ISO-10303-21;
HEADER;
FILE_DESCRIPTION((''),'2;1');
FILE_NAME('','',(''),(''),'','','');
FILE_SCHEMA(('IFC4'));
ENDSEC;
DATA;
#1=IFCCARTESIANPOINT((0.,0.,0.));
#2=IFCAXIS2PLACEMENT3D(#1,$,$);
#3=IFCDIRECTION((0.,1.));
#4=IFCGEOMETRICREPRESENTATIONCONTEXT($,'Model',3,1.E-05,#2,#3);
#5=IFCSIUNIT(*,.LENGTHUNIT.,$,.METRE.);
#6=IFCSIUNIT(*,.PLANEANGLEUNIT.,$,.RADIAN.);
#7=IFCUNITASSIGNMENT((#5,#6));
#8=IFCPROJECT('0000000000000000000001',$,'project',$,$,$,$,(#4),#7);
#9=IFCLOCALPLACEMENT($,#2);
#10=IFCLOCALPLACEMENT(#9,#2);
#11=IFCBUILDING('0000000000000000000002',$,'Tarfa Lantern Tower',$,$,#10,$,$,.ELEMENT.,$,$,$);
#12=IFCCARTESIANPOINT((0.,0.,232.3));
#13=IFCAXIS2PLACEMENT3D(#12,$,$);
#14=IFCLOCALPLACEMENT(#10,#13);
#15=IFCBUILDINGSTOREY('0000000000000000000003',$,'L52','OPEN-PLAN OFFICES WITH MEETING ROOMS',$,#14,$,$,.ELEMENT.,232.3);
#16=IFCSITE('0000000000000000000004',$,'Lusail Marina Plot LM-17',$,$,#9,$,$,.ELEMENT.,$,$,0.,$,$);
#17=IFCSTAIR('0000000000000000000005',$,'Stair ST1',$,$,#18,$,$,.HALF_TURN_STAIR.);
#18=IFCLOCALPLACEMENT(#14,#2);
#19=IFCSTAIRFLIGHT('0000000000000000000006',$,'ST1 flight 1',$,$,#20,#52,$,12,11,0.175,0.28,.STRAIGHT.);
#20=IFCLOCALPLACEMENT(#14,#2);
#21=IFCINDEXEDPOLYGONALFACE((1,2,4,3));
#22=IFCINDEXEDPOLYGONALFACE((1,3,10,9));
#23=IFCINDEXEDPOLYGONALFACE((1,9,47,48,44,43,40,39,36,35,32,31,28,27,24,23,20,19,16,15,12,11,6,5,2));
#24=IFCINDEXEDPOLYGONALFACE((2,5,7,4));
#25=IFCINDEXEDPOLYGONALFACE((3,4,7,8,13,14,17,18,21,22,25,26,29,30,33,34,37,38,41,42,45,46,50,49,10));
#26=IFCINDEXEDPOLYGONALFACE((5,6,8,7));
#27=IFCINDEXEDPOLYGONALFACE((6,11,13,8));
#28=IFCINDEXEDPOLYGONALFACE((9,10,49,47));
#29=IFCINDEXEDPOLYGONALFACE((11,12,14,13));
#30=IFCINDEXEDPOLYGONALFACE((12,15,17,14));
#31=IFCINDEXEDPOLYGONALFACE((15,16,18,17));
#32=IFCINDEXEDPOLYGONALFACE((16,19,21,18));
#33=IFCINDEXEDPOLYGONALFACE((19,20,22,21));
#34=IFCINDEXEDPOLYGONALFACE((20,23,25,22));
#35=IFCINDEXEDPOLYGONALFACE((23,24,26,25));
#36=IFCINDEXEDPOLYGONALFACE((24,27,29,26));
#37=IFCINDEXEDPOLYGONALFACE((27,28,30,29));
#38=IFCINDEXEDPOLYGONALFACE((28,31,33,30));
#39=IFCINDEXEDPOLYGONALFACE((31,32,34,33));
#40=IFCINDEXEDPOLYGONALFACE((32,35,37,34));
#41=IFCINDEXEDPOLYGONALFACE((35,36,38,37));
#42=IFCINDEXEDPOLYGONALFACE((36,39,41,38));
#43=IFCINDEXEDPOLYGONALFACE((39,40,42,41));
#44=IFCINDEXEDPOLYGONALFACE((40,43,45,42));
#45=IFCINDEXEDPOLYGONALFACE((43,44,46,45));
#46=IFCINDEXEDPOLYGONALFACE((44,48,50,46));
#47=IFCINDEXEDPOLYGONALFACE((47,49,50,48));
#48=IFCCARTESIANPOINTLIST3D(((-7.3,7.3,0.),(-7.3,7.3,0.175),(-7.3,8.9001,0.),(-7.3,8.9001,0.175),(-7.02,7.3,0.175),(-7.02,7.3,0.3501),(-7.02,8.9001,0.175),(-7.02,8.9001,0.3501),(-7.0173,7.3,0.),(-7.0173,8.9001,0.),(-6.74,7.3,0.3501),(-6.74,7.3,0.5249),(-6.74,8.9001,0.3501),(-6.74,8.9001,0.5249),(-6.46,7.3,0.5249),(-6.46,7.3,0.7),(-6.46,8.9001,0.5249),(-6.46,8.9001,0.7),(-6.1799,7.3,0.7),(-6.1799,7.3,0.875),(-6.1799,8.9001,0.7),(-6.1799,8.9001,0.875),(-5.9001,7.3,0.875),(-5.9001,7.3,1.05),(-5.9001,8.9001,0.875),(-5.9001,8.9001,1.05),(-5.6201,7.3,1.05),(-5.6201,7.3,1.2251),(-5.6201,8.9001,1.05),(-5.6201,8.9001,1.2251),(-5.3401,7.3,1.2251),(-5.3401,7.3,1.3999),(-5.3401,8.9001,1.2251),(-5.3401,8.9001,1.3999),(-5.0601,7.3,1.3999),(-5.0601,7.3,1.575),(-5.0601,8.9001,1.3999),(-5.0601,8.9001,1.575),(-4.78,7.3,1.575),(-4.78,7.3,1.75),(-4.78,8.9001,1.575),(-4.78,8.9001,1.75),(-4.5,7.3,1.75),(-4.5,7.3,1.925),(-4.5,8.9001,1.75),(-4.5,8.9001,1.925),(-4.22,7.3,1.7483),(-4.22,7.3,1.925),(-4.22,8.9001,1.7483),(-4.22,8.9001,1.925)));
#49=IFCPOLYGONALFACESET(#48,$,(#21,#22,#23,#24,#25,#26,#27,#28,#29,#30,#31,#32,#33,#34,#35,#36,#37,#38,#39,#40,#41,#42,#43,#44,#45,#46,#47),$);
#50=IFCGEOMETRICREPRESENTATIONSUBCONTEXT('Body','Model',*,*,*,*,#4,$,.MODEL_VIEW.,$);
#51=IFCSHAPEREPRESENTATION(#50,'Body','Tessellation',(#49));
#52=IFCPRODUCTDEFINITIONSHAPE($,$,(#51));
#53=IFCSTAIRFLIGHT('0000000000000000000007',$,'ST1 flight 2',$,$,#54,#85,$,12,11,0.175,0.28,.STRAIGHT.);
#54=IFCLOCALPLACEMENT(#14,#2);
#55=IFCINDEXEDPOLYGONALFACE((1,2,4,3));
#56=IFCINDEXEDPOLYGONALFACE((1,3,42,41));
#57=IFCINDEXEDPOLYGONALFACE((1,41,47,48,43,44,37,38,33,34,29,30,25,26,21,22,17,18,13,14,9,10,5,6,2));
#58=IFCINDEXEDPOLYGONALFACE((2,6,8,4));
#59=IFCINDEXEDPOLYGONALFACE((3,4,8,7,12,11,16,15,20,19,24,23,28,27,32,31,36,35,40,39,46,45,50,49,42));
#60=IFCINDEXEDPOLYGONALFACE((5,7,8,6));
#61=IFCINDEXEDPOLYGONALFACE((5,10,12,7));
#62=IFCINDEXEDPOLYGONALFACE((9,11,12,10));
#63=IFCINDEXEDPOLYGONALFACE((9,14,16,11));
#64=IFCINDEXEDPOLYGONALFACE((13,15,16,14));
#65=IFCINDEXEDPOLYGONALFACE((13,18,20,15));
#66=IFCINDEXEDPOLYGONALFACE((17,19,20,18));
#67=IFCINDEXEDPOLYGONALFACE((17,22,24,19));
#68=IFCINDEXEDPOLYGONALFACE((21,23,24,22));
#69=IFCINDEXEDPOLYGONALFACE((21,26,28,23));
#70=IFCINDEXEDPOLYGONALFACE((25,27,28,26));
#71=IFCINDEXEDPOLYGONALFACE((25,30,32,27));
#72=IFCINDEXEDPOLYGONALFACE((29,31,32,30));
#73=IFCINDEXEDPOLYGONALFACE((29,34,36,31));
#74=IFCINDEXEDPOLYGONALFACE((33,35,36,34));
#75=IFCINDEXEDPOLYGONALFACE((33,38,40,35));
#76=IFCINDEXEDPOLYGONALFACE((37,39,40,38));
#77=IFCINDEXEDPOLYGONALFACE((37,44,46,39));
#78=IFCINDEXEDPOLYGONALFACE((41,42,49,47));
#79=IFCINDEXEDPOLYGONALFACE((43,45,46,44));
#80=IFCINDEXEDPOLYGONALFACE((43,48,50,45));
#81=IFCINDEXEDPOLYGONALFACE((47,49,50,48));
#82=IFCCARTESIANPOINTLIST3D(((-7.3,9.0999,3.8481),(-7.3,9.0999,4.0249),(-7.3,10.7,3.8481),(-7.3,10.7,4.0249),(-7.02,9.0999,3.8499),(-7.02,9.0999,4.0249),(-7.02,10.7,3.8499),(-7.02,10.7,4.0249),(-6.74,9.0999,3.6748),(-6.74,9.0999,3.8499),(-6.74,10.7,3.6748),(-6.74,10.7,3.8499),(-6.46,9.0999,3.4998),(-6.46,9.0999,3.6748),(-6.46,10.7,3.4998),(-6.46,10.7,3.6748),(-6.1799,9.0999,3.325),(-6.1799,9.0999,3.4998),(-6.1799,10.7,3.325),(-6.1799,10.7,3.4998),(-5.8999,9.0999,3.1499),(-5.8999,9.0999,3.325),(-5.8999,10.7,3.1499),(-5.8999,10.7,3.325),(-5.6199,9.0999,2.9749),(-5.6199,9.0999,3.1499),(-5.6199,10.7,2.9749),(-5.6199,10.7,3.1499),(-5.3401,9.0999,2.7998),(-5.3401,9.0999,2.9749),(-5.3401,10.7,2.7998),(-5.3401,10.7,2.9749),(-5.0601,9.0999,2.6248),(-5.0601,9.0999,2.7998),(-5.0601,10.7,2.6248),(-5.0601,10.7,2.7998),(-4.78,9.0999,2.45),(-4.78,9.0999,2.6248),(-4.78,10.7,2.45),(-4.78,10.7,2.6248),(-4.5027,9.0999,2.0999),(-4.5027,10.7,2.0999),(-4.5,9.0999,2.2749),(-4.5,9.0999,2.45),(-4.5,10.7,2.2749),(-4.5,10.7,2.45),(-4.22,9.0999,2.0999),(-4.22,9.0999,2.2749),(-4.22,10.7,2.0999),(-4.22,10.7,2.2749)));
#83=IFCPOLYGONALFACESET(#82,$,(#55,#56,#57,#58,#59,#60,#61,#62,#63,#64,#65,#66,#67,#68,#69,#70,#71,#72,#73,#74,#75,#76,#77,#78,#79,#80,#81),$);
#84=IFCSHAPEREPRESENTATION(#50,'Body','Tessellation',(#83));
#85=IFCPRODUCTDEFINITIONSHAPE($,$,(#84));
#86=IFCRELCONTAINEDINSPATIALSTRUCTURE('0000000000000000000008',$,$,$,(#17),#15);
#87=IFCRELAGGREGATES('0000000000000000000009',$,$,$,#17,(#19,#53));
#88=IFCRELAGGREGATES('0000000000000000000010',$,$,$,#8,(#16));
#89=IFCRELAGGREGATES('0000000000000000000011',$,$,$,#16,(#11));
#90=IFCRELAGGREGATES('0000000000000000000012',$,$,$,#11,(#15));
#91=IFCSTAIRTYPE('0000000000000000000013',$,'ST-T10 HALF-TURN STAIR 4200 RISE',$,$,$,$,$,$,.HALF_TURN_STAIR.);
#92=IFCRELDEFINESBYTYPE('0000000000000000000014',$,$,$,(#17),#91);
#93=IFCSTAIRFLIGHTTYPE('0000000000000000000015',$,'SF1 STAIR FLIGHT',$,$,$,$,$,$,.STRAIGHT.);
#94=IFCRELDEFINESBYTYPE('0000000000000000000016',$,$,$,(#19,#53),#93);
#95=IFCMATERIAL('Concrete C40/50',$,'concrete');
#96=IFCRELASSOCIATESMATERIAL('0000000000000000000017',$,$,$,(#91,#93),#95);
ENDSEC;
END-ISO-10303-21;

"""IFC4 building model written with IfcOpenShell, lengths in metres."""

from ifc_helpers import new_model, si_unit, direction, frame, origin, place, context, subcontext, project, spatial, polyline, outline, extrude, material, type_object, element, aggregate, save


model = new_model("IFC4")

# Units and contexts
model_context = context("Model", 3, precision=1e-05, world=origin(), true_north=direction((0.0, 1.0)))
body_context = subcontext(model_context, "Body", "Model", "MODEL_VIEW")
ifc_project = project(units=[si_unit("LENGTHUNIT", "METRE"), si_unit("PLANEANGLEUNIT", "RADIAN")], contexts=[model_context])

# Site, building, storey
site_placement = place(None, origin())
site = spatial("IfcSite", under=ifc_project, at=site_placement, Name="Lusail Marina Plot LM-17", CompositionType="ELEMENT", RefElevation=0.0)
building_placement = place(site_placement, origin())
building = spatial("IfcBuilding", under=site, at=building_placement, Name="Tarfa Lantern Tower", CompositionType="ELEMENT")
storey_placement = place(building_placement, frame((0.0, 0.0, 232.3)))
storey = spatial("IfcBuildingStorey", under=building, at=storey_placement, Name="L52", Description="OPEN-PLAN OFFICES WITH MEETING ROOMS", CompositionType="ELEMENT", Elevation=232.3)

# Stair, stair flights
ifc_material_1 = material(Name="Concrete C40/50", Category="concrete")
stair_type = type_object("IfcStairType", Name="ST-T10 HALF-TURN STAIR 4200 RISE", PredefinedType="HALF_TURN_STAIR", material=ifc_material_1)
stair_placement = place(storey_placement, origin())
stair = element("IfcStair", 1, at=stair_placement, inside=storey, type_object=stair_type, Name="Stair ST1", PredefinedType="HALF_TURN_STAIR")
stair_flight_type = type_object("IfcStairFlightType", Name="SF1 STAIR FLIGHT", PredefinedType="STRAIGHT", material=ifc_material_1)
stair_flight_1_placement = place(storey_placement, frame((-7.3, 8.1001, 0.0), z_axis=(0.0, 0.0, 1.0), x_axis=(1.0, 0.0, 0.0)))
stair_flight_1 = element("IfcStairFlight", 2, at=stair_flight_1_placement, type_object=stair_flight_type, Name="ST1 flight 1", NumberOfRisers=12, NumberOfTreads=11, PredefinedType="STRAIGHT", RiserHeight=0.175, TreadLength=0.28, context=body_context, shape_type="SweptSolid", body=[
    extrude(outline(polyline([(0.0, 0.0), (0.0, 0.175), (0.28, 0.175), (0.28, 0.3501), (0.5601, 0.3501), (0.5601, 0.5249), (0.8401, 0.5249), (0.8401, 0.7), (1.1201, 0.7), (1.1201, 0.875), (1.3999, 0.875), (1.3999, 1.05), (1.6799, 1.05), (1.6799, 1.2251), (1.96, 1.2251), (1.96, 1.3999), (2.24, 1.3999), (2.24, 1.575), (2.52, 1.575), (2.52, 1.75), (2.8, 1.75), (2.8, 1.925), (3.0801, 1.925), (3.0801, 2.1001), (3.0801, 1.7483), (0.2827, 0.0), (0.0, 0.0)])), frame((0.0, 0.8, 0.0), z_axis=(0.0, -1.0, 0.0), x_axis=(1.0, 0.0, 0.0)), (0.0, 0.0, 1.0), 1.6001),
])
stair_flight_2_placement = place(storey_placement, frame((-4.22, 9.8999, 2.0999), z_axis=(0.0, 0.0, 1.0), x_axis=(-1.0, 0.0, 0.0)))
stair_flight_2 = element("IfcStairFlight", 3, at=stair_flight_2_placement, type_object=stair_flight_type, Name="ST1 flight 2", NumberOfRisers=12, NumberOfTreads=11, PredefinedType="STRAIGHT", RiserHeight=0.175, TreadLength=0.28, context=body_context, shape_type="SweptSolid", body=[
    extrude(outline(polyline([(0.0, 0.0), (0.0, 0.175), (0.28, 0.175), (0.28, 0.3501), (0.5601, 0.3501), (0.5601, 0.5249), (0.8401, 0.5249), (0.8401, 0.7), (1.1201, 0.7), (1.1201, 0.875), (1.3999, 0.875), (1.3999, 1.05), (1.6799, 1.05), (1.6799, 1.2251), (1.96, 1.2251), (1.96, 1.3999), (2.24, 1.3999), (2.24, 1.575), (2.52, 1.575), (2.52, 1.75), (2.8, 1.75), (2.8, 1.925), (3.0801, 1.925), (3.0801, 2.1001), (3.0801, 1.7483), (0.2827, 0.0), (0.0, 0.0)])), frame((0.0, 0.8, 0.0), z_axis=(0.0, -1.0, 0.0), x_axis=(1.0, 0.0, 0.0)), (0.0, 0.0, 1.0), 1.6001),
])
aggregate(stair, [stair_flight_1, stair_flight_2])

save(model, "model.ifc")
